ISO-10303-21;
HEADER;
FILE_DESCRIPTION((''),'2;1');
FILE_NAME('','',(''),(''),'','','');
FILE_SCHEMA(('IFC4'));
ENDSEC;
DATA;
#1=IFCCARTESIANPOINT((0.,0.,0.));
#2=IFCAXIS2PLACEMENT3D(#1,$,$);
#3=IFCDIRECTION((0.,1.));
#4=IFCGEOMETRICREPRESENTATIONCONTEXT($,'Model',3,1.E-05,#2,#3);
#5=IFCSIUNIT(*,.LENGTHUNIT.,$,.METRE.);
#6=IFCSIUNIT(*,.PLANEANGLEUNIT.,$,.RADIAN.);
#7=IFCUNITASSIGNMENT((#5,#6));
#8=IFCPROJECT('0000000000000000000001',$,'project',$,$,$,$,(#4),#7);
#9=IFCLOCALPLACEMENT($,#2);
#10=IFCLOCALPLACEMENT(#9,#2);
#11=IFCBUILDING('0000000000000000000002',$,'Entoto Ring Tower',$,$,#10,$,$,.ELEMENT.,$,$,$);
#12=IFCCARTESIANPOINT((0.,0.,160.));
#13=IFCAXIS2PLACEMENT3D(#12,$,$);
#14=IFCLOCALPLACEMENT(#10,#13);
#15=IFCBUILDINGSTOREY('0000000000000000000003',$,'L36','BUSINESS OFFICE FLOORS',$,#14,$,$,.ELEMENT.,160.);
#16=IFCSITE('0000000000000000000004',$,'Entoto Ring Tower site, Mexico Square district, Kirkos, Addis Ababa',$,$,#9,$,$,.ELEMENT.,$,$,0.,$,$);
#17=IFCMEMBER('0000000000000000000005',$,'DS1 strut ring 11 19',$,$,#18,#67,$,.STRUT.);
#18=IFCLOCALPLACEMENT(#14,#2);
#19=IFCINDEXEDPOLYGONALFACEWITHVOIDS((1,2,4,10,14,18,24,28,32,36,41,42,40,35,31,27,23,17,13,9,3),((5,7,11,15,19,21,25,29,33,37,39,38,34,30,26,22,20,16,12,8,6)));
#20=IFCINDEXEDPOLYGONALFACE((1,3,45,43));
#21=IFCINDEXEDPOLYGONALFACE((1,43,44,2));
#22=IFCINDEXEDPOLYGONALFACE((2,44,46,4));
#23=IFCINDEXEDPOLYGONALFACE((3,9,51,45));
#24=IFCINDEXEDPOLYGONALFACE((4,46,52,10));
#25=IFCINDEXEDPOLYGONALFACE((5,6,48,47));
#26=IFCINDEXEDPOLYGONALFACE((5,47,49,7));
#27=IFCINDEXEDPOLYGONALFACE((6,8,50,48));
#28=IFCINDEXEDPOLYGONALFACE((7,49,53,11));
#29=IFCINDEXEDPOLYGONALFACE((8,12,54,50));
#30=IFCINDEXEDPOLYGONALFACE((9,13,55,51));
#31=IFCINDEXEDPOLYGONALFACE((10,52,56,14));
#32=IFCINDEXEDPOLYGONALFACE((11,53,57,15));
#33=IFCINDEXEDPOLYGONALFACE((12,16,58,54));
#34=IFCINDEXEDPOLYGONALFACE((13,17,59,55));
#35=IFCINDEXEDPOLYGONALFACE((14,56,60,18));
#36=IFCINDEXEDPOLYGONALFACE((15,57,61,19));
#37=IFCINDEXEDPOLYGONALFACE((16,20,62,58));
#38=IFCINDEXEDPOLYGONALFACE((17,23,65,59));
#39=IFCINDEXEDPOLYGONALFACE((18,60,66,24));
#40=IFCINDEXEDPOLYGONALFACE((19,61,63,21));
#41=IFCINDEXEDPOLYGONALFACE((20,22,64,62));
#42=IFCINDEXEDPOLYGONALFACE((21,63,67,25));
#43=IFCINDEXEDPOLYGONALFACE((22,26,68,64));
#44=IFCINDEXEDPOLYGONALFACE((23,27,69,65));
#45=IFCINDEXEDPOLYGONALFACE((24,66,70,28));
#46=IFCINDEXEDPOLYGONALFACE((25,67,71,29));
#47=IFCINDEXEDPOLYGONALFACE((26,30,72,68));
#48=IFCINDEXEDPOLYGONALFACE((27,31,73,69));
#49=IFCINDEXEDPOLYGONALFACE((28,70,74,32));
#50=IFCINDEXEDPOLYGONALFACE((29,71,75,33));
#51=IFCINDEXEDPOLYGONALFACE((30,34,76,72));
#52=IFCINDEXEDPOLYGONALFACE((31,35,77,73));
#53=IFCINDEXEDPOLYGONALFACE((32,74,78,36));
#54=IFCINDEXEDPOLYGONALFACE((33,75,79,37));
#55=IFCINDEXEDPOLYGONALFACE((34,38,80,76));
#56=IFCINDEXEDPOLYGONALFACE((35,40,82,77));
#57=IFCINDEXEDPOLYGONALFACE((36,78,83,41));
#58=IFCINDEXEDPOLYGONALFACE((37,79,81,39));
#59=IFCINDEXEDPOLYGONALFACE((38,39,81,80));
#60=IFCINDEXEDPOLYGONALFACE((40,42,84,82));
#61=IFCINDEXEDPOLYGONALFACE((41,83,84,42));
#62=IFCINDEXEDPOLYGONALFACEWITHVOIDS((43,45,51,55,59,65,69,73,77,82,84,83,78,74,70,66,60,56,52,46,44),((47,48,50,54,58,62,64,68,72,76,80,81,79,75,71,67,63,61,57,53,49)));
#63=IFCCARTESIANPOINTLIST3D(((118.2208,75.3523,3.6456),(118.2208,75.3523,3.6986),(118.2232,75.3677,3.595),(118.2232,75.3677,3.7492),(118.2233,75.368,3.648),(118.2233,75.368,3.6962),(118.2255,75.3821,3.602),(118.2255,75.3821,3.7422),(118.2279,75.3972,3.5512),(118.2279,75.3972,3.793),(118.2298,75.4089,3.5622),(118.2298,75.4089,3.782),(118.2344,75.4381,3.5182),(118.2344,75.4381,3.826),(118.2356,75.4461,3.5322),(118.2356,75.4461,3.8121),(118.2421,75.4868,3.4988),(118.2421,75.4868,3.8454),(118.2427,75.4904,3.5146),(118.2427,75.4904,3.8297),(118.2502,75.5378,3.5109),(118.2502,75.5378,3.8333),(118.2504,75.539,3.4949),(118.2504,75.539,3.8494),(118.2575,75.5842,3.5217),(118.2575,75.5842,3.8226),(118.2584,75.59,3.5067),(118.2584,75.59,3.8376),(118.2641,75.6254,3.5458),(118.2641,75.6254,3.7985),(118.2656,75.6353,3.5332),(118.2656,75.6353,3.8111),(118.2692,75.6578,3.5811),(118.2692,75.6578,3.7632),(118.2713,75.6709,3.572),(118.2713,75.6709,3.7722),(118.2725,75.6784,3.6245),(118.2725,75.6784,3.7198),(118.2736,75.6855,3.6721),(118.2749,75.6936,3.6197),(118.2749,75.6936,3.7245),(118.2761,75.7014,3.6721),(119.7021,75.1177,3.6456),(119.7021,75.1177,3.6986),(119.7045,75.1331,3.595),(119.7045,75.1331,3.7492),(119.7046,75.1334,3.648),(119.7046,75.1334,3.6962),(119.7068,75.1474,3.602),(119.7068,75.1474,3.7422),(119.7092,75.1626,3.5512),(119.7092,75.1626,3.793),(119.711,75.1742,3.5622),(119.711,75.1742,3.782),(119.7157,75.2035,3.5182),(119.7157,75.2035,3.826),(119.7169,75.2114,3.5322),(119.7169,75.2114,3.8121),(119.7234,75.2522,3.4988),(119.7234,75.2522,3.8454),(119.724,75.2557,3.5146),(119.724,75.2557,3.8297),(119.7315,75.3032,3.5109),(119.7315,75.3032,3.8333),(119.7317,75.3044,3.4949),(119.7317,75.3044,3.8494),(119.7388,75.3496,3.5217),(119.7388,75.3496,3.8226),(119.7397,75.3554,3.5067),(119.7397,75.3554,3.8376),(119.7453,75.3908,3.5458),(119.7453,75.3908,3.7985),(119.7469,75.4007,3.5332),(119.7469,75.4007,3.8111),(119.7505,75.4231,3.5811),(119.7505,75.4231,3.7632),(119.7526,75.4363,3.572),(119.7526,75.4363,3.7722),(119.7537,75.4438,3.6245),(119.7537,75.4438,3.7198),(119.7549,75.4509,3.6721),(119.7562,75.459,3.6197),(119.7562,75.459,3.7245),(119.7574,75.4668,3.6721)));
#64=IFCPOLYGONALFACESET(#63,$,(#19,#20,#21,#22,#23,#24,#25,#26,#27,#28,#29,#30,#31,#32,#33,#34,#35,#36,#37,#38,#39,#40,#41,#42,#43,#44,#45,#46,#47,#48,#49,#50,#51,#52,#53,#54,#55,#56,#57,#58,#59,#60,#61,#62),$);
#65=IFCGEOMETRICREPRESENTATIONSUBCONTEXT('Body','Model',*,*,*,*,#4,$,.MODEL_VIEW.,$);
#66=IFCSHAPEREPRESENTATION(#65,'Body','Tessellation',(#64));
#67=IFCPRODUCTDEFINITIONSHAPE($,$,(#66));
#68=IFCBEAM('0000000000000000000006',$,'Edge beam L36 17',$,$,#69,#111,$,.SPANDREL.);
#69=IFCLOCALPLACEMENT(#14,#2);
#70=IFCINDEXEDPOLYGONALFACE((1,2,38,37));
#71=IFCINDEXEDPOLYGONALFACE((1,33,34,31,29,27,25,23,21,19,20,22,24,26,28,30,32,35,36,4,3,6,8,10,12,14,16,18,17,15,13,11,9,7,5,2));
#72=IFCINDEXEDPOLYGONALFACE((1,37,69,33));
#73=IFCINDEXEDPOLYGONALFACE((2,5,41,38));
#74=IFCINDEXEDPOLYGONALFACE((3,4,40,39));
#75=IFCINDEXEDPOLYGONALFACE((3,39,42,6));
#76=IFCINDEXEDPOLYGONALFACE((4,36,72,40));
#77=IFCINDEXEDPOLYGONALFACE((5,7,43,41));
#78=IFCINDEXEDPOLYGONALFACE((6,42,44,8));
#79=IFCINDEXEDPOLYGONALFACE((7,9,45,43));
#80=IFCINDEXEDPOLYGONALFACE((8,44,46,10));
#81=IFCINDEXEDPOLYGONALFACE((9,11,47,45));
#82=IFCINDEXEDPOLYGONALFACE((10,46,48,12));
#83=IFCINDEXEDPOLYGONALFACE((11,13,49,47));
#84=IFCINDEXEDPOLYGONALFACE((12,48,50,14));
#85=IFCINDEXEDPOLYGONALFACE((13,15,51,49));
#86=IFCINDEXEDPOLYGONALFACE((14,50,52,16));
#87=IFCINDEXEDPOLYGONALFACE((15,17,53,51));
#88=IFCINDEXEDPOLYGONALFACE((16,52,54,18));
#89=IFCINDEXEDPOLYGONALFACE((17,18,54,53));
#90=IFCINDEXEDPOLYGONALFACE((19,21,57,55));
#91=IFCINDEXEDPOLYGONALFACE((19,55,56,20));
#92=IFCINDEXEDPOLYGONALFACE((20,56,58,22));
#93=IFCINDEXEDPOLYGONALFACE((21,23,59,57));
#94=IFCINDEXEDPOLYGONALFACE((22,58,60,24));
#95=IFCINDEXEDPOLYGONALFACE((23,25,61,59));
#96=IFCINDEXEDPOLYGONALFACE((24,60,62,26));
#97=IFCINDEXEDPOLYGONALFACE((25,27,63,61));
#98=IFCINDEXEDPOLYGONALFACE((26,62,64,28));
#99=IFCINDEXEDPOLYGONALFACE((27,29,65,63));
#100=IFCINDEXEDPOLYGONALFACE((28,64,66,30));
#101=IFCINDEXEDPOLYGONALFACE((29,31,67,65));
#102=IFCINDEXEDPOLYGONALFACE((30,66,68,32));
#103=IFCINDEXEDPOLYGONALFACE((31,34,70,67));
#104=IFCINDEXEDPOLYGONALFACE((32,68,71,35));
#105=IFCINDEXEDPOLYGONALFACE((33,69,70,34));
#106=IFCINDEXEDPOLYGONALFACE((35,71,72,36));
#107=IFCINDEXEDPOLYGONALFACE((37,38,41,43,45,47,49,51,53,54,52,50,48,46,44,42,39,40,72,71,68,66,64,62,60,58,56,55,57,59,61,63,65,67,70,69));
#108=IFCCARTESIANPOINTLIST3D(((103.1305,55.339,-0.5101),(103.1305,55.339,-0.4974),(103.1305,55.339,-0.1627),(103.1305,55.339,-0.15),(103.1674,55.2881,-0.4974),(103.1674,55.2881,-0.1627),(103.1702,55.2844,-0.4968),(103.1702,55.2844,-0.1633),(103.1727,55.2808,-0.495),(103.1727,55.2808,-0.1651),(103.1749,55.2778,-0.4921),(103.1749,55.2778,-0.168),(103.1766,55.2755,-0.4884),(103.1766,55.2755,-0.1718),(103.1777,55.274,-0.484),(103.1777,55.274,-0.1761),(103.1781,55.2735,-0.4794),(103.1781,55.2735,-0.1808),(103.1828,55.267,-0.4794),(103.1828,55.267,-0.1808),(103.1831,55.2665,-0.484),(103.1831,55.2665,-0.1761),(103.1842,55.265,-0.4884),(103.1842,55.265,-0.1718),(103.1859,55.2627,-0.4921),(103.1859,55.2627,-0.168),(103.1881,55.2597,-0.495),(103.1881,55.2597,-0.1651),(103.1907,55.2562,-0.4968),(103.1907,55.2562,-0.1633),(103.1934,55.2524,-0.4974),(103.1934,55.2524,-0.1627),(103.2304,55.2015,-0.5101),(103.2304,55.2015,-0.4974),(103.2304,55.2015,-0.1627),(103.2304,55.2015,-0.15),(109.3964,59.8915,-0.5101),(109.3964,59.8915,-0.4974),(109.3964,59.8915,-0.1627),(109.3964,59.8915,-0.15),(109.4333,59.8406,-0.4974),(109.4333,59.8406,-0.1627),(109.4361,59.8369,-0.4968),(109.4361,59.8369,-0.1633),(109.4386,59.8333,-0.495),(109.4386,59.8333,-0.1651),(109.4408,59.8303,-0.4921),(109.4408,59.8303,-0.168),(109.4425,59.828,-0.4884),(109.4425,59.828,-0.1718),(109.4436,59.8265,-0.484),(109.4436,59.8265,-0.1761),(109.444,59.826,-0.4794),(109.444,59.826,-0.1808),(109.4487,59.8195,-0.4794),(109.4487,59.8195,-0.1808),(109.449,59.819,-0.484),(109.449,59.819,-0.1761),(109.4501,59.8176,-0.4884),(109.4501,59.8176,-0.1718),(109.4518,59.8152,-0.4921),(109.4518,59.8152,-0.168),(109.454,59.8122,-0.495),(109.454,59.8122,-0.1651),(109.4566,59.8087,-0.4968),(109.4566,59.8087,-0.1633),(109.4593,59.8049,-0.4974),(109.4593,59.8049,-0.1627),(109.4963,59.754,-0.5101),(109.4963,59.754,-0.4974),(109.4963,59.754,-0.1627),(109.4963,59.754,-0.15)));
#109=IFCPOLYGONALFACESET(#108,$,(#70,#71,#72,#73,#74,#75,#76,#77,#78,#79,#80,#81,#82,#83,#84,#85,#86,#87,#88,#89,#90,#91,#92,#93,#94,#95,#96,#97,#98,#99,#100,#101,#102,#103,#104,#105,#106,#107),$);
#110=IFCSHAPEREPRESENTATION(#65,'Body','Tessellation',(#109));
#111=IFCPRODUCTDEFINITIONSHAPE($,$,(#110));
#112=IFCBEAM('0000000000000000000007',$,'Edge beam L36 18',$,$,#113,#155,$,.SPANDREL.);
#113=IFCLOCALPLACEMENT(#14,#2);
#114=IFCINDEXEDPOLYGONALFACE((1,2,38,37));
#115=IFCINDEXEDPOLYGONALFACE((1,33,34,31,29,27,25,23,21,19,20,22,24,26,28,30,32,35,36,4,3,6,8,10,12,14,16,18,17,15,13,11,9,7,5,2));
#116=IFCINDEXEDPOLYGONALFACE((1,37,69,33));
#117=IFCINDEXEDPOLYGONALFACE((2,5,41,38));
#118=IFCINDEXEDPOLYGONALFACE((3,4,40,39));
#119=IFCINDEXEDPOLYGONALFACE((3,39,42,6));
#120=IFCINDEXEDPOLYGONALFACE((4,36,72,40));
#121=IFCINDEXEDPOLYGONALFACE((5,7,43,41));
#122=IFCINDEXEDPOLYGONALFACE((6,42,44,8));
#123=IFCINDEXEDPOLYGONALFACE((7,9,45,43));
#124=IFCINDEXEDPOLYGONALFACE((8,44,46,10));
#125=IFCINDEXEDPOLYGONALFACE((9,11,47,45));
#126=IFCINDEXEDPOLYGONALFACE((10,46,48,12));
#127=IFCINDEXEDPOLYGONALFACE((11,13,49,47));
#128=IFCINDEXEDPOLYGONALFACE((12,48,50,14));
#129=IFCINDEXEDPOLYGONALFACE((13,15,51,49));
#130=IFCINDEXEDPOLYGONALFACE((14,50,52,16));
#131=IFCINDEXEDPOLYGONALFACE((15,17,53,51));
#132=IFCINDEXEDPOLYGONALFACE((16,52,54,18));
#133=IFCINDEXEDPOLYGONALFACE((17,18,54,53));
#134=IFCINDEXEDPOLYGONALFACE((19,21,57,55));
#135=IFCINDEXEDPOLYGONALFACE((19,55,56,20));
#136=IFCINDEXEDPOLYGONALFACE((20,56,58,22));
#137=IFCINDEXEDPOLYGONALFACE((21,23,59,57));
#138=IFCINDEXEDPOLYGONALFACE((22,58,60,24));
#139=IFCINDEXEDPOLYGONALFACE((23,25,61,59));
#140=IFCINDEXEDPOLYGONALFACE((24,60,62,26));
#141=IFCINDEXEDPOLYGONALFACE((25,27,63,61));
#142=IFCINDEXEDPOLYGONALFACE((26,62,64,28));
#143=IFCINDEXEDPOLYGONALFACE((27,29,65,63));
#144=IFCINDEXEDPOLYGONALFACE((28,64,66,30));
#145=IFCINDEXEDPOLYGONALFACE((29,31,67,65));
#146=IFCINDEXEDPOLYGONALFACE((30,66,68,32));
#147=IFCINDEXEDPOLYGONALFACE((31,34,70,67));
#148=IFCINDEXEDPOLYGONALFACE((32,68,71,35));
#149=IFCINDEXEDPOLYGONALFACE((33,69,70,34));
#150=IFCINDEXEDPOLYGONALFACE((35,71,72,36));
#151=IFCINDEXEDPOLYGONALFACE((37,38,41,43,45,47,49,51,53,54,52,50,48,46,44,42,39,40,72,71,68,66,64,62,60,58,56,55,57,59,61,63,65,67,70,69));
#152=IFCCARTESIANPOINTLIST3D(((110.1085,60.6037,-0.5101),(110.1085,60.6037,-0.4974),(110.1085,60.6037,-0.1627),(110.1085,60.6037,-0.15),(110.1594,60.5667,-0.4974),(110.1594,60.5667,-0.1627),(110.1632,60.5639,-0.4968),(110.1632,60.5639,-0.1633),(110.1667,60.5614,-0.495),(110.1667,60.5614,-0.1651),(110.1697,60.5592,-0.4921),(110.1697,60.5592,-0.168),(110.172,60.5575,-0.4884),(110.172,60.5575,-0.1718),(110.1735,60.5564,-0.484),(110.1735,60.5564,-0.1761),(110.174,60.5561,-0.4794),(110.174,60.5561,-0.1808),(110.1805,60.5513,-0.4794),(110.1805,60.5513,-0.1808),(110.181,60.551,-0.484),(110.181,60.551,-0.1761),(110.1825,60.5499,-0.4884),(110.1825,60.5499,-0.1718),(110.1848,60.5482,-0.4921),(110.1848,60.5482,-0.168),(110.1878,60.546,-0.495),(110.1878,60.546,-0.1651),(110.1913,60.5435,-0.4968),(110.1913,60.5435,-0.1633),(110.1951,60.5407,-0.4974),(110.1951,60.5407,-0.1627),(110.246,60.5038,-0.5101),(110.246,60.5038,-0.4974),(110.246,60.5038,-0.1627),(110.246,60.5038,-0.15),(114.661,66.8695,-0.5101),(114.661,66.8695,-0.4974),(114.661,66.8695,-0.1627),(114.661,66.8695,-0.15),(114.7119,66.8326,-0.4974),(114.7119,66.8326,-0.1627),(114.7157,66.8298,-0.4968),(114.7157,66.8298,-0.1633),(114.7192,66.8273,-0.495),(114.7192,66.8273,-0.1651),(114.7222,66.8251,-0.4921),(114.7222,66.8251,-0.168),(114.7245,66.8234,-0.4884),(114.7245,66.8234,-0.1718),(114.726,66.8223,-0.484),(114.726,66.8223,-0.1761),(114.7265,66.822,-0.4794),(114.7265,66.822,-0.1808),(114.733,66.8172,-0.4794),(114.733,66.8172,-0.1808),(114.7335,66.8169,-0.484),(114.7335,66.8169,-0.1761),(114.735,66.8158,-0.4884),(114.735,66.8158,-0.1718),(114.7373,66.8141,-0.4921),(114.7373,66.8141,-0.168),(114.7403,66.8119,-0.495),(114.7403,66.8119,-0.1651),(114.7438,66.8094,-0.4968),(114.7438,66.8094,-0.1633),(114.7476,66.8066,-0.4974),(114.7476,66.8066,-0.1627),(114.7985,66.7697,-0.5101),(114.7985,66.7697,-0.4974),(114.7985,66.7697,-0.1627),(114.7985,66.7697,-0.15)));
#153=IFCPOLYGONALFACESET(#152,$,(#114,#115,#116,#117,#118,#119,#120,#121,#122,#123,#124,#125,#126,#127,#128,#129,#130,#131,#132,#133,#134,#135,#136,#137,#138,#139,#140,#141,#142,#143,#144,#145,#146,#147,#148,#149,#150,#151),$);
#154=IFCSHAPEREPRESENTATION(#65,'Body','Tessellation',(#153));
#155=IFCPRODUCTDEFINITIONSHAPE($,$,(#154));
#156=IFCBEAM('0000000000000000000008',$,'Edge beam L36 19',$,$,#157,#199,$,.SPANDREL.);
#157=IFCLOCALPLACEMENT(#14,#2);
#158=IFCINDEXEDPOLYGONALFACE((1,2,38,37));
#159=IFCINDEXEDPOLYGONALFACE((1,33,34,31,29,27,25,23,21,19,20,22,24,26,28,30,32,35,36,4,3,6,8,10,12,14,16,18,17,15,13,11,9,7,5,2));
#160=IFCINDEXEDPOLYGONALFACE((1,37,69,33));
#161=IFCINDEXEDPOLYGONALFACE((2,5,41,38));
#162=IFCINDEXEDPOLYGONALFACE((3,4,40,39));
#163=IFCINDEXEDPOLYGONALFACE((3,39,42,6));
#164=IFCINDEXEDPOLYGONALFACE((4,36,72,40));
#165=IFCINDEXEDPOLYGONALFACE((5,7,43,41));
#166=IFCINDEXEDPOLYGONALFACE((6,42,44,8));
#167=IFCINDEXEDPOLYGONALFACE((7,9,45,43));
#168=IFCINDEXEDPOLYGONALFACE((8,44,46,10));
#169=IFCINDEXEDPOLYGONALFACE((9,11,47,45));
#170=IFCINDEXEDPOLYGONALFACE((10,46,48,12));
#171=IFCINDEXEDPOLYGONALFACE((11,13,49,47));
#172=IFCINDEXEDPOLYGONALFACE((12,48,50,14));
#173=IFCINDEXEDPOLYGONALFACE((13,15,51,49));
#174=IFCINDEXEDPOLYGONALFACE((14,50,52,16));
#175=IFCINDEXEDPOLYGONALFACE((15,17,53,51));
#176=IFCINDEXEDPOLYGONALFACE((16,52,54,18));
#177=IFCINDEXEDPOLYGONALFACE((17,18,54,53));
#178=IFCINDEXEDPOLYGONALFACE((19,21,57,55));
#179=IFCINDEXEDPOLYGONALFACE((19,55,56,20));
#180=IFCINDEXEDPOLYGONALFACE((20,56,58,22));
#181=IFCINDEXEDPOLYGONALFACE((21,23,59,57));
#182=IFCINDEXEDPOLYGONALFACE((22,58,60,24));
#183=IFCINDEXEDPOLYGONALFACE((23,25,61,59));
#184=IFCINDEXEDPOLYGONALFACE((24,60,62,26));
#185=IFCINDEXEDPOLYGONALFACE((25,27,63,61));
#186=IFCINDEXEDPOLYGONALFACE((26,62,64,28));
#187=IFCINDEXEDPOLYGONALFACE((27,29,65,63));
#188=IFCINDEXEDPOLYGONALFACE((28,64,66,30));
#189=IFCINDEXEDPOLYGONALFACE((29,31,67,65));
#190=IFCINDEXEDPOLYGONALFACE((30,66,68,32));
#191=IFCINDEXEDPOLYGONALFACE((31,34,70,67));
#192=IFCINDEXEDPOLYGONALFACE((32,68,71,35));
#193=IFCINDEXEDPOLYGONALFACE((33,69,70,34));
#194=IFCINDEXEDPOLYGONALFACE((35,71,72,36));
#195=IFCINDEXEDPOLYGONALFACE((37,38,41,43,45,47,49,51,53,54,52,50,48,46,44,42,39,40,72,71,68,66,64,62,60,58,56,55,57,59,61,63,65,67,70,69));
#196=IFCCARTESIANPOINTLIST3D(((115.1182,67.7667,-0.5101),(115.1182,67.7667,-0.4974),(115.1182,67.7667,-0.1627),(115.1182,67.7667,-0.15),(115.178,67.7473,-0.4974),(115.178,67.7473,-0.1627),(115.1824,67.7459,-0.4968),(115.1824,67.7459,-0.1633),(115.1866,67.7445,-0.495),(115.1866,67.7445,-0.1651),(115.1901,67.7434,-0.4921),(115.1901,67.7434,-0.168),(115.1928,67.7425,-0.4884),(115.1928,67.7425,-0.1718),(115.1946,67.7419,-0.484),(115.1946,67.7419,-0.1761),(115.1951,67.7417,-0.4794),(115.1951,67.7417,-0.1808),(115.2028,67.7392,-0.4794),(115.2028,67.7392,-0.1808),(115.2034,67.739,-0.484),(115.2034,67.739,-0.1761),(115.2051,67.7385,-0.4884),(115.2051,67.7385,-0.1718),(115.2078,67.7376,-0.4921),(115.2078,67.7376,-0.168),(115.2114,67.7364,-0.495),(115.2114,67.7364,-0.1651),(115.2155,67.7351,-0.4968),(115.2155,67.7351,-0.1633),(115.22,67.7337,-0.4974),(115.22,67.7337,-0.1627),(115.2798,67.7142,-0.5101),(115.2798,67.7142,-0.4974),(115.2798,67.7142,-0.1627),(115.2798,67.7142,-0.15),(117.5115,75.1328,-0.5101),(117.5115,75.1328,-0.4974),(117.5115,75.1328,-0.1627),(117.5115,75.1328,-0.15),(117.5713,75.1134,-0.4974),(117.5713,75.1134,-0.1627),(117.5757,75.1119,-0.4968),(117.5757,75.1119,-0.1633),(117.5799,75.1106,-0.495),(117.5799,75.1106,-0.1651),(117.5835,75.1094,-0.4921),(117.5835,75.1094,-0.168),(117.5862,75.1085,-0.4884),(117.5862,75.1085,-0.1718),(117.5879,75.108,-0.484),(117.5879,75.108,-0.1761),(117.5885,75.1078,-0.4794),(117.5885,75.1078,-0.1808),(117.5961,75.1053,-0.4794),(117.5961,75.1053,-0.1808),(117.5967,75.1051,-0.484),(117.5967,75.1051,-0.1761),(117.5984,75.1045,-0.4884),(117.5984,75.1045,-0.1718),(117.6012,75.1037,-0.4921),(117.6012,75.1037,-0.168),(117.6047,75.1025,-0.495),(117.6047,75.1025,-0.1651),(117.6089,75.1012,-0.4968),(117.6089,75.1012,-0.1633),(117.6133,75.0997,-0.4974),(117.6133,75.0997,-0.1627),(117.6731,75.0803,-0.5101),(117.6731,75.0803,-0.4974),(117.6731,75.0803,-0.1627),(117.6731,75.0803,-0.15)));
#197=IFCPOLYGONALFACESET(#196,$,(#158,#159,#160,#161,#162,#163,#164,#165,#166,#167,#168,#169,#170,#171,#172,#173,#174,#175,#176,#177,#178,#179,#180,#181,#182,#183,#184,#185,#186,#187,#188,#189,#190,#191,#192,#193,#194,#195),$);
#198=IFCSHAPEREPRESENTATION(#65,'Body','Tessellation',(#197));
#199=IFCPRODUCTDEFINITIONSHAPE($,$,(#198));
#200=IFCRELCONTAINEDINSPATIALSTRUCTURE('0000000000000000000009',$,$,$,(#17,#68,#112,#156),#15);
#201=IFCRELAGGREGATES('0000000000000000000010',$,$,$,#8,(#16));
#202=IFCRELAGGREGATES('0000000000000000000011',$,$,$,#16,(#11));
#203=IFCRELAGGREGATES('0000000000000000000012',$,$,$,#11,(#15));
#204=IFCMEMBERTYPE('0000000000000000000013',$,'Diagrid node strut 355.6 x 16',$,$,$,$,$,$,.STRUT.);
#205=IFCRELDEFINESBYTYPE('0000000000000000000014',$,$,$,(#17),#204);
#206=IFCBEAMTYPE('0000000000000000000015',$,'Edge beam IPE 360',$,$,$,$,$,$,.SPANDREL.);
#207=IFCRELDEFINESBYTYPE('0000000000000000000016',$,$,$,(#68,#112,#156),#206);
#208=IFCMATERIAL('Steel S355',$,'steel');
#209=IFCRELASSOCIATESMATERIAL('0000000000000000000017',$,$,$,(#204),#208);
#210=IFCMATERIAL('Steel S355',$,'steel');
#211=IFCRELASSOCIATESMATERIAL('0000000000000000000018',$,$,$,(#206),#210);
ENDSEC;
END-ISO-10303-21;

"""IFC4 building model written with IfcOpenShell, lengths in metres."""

from ifc_helpers import new_model, si_unit, direction, frame, origin, origin_2d, place, context, subcontext, project, spatial, circle, hollow_circle, i_section, extrude, material, material_profile, profile_set, type_object, element, save


model = new_model("IFC4")

# Units and contexts
model_context = context("Model", 3, precision=1e-05, world=origin(), true_north=direction((0.0, 1.0)))
body_context = subcontext(model_context, "Body", "Model", "MODEL_VIEW")
ifc_project = project(units=[si_unit("LENGTHUNIT", "METRE"), si_unit("PLANEANGLEUNIT", "RADIAN")], contexts=[model_context])

# Site, building, storey
site_placement = place(None, origin())
site = spatial("IfcSite", under=ifc_project, at=site_placement, Name="Entoto Ring Tower site, Mexico Square district, Kirkos, Addis Ababa", CompositionType="ELEMENT", RefElevation=0.0)
building_placement = place(site_placement, origin())
building = spatial("IfcBuilding", under=site, at=building_placement, Name="Entoto Ring Tower", CompositionType="ELEMENT")
storey_placement = place(building_placement, frame((0.0, 0.0, 160.0)))
storey = spatial("IfcBuildingStorey", under=building, at=storey_placement, Name="L36", Description="BUSINESS OFFICE FLOORS", CompositionType="ELEMENT", Elevation=160.0)

# Member
ifc_material_1 = material(Name="Steel S355", Category="steel")
ifc_material_profile_1 = material_profile(ifc_material_1, hollow_circle(Radius=0.1777, WallThickness=0.0161, at=origin_2d()), Name="CHS 355.6 x 16")
ifc_material_2 = material(Name="Concrete C60/75", Category="concrete")
ifc_material_profile_2 = material_profile(ifc_material_2, circle(Radius=0.1619, at=origin_2d()), Name="Concrete C60/75 infill")
ifc_profile_set_1 = profile_set([ifc_material_profile_1, ifc_material_profile_2], Name="Steel S355")
member_type = type_object("IfcMemberType", Name="Diagrid node strut 355.6 x 16", PredefinedType="STRUT", material=ifc_profile_set_1)
member_placement = place(storey_placement, frame((118.2483, 75.5259, 3.6721), z_axis=(0.987686, -0.156447, 0.0), x_axis=(0.156447, 0.987686, 0.0)))
element("IfcMember", 1, at=member_placement, inside=storey, type_object=member_type, Name="DS1 strut ring 11 19", PredefinedType="STRUT", context=body_context, shape_type="SweptSolid", body=[
    extrude(hollow_circle(Radius=0.1777, WallThickness=0.0161, at=origin_2d()), origin(), (0.0, 0.0, 1.0), 1.4998),
])

# Beams
ifc_material_3 = material(Name="Steel S355", Category="steel")
ifc_material_profile_3 = material_profile(ifc_material_3, i_section(OverallWidth=0.1699, OverallDepth=0.3601, WebThickness=0.0081, FlangeThickness=0.0127, FilletRadius=0.0181, at=origin_2d()), Name="IPE 360")
ifc_profile_set_2 = profile_set([ifc_material_profile_3], Name="Steel S355")
beam_type_1 = type_object("IfcBeamType", Name="Edge beam IPE 360", PredefinedType="SPANDREL", material=ifc_profile_set_2)
for number, where, z_axis, x_axis, name in (
    (2, (103.1804, 55.2703, -0.3301), (0.809013, 0.587791, 0.0), (-0.587791, 0.809013, 0.0), "Edge beam L36 17"),
    (3, (110.1772, 60.5537, -0.3301), (0.587791, 0.809013, 0.0), (-0.809013, 0.587791, 0.0), "Edge beam L36 18"),
    (4, (115.199, 67.7405, -0.3301), (0.309013, 0.951058, 0.0), (-0.951058, 0.309013, 0.0), "Edge beam L36 19"),
):
    element("IfcBeam", number, at=place(storey_placement, frame(where, z_axis=z_axis, x_axis=x_axis)), inside=storey, type_object=beam_type_1, Name=name, PredefinedType="SPANDREL", context=body_context, shape_type="SweptSolid", body=[
        extrude(i_section(OverallWidth=0.1699, OverallDepth=0.3601, WebThickness=0.0081, FlangeThickness=0.0127, FilletRadius=0.0181, at=origin_2d()), origin(), (0.0, 0.0, 1.0), 7.7451),
    ])

save(model, "model.ifc")
